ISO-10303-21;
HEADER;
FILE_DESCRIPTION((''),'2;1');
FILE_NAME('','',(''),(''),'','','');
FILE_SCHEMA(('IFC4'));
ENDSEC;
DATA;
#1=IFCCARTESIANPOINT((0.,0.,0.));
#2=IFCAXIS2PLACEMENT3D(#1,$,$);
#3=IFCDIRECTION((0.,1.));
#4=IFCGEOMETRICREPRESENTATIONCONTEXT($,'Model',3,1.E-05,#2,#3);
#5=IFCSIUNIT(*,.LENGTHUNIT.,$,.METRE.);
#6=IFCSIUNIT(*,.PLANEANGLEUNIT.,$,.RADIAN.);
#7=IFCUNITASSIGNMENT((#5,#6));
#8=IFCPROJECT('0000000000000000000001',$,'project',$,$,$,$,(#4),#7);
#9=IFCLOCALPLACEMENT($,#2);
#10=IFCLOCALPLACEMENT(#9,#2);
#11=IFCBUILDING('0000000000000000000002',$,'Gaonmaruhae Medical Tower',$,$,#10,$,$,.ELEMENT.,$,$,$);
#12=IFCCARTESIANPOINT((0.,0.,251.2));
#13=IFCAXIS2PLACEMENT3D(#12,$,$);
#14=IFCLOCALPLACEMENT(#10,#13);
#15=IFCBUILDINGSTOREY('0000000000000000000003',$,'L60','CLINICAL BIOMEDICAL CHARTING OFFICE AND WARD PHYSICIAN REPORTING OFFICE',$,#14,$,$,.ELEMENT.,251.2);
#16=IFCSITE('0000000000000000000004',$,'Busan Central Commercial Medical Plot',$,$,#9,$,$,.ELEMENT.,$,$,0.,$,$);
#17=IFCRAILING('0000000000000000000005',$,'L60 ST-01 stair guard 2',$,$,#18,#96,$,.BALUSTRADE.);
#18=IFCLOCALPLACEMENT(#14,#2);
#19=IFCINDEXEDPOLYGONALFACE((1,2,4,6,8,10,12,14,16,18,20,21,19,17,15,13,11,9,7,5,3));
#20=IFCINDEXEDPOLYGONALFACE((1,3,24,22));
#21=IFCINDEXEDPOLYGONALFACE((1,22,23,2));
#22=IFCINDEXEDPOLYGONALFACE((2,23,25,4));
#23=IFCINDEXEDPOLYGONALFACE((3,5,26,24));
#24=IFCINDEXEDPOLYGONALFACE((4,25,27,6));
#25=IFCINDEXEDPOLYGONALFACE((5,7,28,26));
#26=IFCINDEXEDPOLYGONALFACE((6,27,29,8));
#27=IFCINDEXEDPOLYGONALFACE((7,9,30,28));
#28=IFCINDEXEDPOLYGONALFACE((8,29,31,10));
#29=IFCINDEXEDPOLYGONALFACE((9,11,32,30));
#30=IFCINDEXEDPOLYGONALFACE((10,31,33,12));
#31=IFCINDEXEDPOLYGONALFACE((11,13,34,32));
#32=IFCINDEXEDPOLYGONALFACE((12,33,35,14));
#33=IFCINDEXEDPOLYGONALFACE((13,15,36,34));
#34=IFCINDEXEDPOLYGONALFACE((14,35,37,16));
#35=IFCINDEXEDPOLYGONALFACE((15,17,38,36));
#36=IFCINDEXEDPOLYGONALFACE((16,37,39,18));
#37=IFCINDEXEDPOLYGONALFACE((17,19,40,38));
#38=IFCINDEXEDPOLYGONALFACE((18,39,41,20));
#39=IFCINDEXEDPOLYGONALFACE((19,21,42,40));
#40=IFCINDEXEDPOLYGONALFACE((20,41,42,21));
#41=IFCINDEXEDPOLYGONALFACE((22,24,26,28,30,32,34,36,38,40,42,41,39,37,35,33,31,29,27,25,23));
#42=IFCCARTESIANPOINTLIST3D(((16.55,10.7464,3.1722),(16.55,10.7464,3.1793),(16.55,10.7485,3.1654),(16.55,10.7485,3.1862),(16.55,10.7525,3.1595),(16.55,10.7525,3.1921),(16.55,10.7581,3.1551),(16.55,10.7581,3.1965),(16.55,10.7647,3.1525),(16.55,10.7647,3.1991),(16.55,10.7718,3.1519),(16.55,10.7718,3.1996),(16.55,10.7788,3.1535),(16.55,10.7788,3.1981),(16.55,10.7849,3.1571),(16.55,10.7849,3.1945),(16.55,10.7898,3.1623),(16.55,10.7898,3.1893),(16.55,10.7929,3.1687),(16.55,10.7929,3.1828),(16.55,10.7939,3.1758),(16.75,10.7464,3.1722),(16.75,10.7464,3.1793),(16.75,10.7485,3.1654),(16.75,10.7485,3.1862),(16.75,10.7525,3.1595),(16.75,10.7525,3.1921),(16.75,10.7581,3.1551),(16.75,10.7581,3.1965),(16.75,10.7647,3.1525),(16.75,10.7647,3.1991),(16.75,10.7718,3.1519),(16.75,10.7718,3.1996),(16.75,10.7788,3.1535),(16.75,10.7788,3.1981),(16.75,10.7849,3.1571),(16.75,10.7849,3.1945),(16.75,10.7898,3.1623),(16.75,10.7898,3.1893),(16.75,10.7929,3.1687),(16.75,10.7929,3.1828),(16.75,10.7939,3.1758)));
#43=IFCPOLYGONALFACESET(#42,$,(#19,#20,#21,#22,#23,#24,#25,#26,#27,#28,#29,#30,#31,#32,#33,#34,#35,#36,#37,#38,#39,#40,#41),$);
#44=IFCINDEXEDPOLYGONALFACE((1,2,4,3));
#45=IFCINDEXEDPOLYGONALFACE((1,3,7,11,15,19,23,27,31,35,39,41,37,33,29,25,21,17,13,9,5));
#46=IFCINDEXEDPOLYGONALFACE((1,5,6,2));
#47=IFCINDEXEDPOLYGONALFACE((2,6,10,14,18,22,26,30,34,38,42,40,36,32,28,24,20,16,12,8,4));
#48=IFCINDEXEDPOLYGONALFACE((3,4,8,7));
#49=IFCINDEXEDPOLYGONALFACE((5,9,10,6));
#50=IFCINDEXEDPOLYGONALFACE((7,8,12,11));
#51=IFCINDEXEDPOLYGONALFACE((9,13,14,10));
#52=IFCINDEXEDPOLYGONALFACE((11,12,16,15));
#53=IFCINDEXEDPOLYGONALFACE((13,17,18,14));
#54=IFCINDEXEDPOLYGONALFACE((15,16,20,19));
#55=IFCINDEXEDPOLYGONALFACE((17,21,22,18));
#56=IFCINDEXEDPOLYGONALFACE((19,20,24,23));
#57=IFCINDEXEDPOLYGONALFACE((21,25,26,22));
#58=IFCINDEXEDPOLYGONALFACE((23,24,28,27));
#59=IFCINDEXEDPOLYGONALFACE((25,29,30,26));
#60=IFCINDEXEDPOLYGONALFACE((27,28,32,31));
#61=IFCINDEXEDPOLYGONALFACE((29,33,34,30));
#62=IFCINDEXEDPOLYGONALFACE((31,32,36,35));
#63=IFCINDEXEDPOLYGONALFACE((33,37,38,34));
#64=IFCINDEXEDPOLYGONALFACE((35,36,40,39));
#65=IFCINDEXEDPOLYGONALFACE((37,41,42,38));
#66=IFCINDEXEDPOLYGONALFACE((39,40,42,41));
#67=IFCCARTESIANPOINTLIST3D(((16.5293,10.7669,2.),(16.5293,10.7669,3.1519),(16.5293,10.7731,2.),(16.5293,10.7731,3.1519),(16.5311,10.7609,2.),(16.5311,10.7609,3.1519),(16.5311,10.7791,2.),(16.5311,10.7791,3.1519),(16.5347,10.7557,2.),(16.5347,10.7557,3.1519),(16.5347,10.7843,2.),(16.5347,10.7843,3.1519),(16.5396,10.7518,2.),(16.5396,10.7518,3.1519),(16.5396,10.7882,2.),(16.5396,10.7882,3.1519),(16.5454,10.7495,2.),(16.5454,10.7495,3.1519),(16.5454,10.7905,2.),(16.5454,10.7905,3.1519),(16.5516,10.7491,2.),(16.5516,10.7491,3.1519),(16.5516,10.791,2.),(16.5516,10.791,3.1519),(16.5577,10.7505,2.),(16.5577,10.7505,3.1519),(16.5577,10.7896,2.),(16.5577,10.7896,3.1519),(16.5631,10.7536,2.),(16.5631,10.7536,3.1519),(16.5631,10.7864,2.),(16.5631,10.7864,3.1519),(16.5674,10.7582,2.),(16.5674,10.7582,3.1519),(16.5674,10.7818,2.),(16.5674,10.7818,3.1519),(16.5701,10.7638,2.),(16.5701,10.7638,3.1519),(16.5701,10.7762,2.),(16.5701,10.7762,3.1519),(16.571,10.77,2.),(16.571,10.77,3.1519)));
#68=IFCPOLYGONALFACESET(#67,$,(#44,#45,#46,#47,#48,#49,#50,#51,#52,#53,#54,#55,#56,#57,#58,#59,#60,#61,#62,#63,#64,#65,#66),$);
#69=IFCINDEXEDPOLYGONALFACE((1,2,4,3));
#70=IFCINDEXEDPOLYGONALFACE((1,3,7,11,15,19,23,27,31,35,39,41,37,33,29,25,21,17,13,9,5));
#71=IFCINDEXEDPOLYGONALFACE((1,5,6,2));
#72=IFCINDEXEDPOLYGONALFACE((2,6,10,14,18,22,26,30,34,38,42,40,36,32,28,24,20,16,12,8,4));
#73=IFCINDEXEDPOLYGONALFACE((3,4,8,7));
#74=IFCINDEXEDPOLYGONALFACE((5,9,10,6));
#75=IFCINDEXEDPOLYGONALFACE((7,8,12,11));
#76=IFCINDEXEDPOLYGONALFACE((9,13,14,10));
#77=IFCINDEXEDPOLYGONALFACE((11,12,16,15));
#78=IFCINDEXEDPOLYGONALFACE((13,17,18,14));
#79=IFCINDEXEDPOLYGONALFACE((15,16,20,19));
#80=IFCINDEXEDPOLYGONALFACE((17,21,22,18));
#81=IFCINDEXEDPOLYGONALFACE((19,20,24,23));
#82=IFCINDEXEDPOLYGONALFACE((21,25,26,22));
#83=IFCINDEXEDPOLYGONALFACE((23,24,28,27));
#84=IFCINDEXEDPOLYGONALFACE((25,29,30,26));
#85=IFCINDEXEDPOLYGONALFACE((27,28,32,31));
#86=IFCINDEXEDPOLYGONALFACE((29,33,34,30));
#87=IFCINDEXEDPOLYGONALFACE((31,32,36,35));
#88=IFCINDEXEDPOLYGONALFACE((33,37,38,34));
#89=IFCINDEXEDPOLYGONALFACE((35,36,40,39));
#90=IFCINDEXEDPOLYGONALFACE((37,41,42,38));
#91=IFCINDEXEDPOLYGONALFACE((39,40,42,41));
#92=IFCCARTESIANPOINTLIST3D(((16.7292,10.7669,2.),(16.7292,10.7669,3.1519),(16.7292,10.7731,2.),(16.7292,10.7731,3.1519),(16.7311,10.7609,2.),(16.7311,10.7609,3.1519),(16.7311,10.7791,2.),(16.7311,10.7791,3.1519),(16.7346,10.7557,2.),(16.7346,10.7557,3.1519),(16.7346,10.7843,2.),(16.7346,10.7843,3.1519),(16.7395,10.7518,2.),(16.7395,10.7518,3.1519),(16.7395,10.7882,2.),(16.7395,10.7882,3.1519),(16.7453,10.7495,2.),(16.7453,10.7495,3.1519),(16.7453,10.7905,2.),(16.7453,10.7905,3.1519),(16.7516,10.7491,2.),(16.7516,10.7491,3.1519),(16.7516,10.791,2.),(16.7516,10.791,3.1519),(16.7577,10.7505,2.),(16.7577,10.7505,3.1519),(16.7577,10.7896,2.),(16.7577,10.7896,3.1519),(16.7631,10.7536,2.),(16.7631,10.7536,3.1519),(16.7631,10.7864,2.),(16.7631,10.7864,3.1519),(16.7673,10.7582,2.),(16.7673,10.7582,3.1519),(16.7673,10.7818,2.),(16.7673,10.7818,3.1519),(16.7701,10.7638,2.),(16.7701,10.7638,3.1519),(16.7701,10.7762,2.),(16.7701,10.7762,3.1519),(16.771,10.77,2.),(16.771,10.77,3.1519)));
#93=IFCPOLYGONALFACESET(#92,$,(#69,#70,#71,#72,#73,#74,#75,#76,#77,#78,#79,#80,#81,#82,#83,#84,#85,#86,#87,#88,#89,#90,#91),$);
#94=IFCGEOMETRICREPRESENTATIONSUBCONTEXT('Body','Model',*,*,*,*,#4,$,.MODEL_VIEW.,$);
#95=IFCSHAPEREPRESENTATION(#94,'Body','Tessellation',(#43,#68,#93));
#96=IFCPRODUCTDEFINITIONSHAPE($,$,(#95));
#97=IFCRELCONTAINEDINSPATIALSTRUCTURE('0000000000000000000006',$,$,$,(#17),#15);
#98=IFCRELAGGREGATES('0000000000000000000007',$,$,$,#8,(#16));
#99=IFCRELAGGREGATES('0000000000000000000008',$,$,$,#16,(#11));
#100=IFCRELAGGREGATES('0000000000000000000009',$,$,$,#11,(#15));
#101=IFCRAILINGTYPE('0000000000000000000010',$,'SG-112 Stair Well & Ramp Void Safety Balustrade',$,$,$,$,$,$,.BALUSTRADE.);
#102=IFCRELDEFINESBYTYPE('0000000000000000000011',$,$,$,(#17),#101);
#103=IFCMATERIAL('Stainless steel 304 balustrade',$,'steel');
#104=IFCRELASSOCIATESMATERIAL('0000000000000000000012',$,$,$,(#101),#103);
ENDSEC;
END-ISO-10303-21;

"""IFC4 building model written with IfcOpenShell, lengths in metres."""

from ifc_helpers import new_model, si_unit, direction, frame, origin, origin_2d, place, context, subcontext, project, spatial, circle, extrude, material, type_object, element, save


model = new_model("IFC4")

# Units and contexts
model_context = context("Model", 3, precision=1e-05, world=origin(), true_north=direction((0.0, 1.0)))
body_context = subcontext(model_context, "Body", "Model", "MODEL_VIEW")
ifc_project = project(units=[si_unit("LENGTHUNIT", "METRE"), si_unit("PLANEANGLEUNIT", "RADIAN")], contexts=[model_context])

# Site, building, storey
site_placement = place(None, origin())
site = spatial("IfcSite", under=ifc_project, at=site_placement, Name="Busan Central Commercial Medical Plot", CompositionType="ELEMENT", RefElevation=0.0)
building_placement = place(site_placement, origin())
building = spatial("IfcBuilding", under=site, at=building_placement, Name="Gaonmaruhae Medical Tower", CompositionType="ELEMENT")
storey_placement = place(building_placement, frame((0.0, 0.0, 251.2)))
storey = spatial("IfcBuildingStorey", under=building, at=storey_placement, Name="L60", Description="CLINICAL BIOMEDICAL CHARTING OFFICE AND WARD PHYSICIAN REPORTING OFFICE", CompositionType="ELEMENT", Elevation=251.2)

# Railing
ifc_material_1 = material(Name="Stainless steel 304 balustrade", Category="steel")
railing_type_1 = type_object("IfcRailingType", Name="SG-112 Stair Well & Ramp Void Safety Balustrade", PredefinedType="BALUSTRADE", material=ifc_material_1)
railing_1_placement = place(storey_placement, frame((16.55, 10.77, 2.0)))
element("IfcRailing", 1, at=railing_1_placement, inside=storey, type_object=railing_type_1, Name="L60 ST-01 stair guard 2", PredefinedType="BALUSTRADE", context=body_context, shape_type="SweptSolid", body=[
    extrude(circle(Radius=0.0239, at=origin_2d()), frame((0.0, 0.0, 1.1758), z_axis=(1.0, 0.0, 0.0), x_axis=(0.0, 1.0, 0.0)), (0.0, 0.0, 1.0), 0.2),
    extrude(circle(Radius=0.021, at=origin_2d()), origin(), (0.0, 0.0, 1.0), 1.1519),
    extrude(circle(Radius=0.021, at=origin_2d()), frame((0.2, 0.0, 0.0)), (0.0, 0.0, 1.0), 1.1519),
])

save(model, "model.ifc")
